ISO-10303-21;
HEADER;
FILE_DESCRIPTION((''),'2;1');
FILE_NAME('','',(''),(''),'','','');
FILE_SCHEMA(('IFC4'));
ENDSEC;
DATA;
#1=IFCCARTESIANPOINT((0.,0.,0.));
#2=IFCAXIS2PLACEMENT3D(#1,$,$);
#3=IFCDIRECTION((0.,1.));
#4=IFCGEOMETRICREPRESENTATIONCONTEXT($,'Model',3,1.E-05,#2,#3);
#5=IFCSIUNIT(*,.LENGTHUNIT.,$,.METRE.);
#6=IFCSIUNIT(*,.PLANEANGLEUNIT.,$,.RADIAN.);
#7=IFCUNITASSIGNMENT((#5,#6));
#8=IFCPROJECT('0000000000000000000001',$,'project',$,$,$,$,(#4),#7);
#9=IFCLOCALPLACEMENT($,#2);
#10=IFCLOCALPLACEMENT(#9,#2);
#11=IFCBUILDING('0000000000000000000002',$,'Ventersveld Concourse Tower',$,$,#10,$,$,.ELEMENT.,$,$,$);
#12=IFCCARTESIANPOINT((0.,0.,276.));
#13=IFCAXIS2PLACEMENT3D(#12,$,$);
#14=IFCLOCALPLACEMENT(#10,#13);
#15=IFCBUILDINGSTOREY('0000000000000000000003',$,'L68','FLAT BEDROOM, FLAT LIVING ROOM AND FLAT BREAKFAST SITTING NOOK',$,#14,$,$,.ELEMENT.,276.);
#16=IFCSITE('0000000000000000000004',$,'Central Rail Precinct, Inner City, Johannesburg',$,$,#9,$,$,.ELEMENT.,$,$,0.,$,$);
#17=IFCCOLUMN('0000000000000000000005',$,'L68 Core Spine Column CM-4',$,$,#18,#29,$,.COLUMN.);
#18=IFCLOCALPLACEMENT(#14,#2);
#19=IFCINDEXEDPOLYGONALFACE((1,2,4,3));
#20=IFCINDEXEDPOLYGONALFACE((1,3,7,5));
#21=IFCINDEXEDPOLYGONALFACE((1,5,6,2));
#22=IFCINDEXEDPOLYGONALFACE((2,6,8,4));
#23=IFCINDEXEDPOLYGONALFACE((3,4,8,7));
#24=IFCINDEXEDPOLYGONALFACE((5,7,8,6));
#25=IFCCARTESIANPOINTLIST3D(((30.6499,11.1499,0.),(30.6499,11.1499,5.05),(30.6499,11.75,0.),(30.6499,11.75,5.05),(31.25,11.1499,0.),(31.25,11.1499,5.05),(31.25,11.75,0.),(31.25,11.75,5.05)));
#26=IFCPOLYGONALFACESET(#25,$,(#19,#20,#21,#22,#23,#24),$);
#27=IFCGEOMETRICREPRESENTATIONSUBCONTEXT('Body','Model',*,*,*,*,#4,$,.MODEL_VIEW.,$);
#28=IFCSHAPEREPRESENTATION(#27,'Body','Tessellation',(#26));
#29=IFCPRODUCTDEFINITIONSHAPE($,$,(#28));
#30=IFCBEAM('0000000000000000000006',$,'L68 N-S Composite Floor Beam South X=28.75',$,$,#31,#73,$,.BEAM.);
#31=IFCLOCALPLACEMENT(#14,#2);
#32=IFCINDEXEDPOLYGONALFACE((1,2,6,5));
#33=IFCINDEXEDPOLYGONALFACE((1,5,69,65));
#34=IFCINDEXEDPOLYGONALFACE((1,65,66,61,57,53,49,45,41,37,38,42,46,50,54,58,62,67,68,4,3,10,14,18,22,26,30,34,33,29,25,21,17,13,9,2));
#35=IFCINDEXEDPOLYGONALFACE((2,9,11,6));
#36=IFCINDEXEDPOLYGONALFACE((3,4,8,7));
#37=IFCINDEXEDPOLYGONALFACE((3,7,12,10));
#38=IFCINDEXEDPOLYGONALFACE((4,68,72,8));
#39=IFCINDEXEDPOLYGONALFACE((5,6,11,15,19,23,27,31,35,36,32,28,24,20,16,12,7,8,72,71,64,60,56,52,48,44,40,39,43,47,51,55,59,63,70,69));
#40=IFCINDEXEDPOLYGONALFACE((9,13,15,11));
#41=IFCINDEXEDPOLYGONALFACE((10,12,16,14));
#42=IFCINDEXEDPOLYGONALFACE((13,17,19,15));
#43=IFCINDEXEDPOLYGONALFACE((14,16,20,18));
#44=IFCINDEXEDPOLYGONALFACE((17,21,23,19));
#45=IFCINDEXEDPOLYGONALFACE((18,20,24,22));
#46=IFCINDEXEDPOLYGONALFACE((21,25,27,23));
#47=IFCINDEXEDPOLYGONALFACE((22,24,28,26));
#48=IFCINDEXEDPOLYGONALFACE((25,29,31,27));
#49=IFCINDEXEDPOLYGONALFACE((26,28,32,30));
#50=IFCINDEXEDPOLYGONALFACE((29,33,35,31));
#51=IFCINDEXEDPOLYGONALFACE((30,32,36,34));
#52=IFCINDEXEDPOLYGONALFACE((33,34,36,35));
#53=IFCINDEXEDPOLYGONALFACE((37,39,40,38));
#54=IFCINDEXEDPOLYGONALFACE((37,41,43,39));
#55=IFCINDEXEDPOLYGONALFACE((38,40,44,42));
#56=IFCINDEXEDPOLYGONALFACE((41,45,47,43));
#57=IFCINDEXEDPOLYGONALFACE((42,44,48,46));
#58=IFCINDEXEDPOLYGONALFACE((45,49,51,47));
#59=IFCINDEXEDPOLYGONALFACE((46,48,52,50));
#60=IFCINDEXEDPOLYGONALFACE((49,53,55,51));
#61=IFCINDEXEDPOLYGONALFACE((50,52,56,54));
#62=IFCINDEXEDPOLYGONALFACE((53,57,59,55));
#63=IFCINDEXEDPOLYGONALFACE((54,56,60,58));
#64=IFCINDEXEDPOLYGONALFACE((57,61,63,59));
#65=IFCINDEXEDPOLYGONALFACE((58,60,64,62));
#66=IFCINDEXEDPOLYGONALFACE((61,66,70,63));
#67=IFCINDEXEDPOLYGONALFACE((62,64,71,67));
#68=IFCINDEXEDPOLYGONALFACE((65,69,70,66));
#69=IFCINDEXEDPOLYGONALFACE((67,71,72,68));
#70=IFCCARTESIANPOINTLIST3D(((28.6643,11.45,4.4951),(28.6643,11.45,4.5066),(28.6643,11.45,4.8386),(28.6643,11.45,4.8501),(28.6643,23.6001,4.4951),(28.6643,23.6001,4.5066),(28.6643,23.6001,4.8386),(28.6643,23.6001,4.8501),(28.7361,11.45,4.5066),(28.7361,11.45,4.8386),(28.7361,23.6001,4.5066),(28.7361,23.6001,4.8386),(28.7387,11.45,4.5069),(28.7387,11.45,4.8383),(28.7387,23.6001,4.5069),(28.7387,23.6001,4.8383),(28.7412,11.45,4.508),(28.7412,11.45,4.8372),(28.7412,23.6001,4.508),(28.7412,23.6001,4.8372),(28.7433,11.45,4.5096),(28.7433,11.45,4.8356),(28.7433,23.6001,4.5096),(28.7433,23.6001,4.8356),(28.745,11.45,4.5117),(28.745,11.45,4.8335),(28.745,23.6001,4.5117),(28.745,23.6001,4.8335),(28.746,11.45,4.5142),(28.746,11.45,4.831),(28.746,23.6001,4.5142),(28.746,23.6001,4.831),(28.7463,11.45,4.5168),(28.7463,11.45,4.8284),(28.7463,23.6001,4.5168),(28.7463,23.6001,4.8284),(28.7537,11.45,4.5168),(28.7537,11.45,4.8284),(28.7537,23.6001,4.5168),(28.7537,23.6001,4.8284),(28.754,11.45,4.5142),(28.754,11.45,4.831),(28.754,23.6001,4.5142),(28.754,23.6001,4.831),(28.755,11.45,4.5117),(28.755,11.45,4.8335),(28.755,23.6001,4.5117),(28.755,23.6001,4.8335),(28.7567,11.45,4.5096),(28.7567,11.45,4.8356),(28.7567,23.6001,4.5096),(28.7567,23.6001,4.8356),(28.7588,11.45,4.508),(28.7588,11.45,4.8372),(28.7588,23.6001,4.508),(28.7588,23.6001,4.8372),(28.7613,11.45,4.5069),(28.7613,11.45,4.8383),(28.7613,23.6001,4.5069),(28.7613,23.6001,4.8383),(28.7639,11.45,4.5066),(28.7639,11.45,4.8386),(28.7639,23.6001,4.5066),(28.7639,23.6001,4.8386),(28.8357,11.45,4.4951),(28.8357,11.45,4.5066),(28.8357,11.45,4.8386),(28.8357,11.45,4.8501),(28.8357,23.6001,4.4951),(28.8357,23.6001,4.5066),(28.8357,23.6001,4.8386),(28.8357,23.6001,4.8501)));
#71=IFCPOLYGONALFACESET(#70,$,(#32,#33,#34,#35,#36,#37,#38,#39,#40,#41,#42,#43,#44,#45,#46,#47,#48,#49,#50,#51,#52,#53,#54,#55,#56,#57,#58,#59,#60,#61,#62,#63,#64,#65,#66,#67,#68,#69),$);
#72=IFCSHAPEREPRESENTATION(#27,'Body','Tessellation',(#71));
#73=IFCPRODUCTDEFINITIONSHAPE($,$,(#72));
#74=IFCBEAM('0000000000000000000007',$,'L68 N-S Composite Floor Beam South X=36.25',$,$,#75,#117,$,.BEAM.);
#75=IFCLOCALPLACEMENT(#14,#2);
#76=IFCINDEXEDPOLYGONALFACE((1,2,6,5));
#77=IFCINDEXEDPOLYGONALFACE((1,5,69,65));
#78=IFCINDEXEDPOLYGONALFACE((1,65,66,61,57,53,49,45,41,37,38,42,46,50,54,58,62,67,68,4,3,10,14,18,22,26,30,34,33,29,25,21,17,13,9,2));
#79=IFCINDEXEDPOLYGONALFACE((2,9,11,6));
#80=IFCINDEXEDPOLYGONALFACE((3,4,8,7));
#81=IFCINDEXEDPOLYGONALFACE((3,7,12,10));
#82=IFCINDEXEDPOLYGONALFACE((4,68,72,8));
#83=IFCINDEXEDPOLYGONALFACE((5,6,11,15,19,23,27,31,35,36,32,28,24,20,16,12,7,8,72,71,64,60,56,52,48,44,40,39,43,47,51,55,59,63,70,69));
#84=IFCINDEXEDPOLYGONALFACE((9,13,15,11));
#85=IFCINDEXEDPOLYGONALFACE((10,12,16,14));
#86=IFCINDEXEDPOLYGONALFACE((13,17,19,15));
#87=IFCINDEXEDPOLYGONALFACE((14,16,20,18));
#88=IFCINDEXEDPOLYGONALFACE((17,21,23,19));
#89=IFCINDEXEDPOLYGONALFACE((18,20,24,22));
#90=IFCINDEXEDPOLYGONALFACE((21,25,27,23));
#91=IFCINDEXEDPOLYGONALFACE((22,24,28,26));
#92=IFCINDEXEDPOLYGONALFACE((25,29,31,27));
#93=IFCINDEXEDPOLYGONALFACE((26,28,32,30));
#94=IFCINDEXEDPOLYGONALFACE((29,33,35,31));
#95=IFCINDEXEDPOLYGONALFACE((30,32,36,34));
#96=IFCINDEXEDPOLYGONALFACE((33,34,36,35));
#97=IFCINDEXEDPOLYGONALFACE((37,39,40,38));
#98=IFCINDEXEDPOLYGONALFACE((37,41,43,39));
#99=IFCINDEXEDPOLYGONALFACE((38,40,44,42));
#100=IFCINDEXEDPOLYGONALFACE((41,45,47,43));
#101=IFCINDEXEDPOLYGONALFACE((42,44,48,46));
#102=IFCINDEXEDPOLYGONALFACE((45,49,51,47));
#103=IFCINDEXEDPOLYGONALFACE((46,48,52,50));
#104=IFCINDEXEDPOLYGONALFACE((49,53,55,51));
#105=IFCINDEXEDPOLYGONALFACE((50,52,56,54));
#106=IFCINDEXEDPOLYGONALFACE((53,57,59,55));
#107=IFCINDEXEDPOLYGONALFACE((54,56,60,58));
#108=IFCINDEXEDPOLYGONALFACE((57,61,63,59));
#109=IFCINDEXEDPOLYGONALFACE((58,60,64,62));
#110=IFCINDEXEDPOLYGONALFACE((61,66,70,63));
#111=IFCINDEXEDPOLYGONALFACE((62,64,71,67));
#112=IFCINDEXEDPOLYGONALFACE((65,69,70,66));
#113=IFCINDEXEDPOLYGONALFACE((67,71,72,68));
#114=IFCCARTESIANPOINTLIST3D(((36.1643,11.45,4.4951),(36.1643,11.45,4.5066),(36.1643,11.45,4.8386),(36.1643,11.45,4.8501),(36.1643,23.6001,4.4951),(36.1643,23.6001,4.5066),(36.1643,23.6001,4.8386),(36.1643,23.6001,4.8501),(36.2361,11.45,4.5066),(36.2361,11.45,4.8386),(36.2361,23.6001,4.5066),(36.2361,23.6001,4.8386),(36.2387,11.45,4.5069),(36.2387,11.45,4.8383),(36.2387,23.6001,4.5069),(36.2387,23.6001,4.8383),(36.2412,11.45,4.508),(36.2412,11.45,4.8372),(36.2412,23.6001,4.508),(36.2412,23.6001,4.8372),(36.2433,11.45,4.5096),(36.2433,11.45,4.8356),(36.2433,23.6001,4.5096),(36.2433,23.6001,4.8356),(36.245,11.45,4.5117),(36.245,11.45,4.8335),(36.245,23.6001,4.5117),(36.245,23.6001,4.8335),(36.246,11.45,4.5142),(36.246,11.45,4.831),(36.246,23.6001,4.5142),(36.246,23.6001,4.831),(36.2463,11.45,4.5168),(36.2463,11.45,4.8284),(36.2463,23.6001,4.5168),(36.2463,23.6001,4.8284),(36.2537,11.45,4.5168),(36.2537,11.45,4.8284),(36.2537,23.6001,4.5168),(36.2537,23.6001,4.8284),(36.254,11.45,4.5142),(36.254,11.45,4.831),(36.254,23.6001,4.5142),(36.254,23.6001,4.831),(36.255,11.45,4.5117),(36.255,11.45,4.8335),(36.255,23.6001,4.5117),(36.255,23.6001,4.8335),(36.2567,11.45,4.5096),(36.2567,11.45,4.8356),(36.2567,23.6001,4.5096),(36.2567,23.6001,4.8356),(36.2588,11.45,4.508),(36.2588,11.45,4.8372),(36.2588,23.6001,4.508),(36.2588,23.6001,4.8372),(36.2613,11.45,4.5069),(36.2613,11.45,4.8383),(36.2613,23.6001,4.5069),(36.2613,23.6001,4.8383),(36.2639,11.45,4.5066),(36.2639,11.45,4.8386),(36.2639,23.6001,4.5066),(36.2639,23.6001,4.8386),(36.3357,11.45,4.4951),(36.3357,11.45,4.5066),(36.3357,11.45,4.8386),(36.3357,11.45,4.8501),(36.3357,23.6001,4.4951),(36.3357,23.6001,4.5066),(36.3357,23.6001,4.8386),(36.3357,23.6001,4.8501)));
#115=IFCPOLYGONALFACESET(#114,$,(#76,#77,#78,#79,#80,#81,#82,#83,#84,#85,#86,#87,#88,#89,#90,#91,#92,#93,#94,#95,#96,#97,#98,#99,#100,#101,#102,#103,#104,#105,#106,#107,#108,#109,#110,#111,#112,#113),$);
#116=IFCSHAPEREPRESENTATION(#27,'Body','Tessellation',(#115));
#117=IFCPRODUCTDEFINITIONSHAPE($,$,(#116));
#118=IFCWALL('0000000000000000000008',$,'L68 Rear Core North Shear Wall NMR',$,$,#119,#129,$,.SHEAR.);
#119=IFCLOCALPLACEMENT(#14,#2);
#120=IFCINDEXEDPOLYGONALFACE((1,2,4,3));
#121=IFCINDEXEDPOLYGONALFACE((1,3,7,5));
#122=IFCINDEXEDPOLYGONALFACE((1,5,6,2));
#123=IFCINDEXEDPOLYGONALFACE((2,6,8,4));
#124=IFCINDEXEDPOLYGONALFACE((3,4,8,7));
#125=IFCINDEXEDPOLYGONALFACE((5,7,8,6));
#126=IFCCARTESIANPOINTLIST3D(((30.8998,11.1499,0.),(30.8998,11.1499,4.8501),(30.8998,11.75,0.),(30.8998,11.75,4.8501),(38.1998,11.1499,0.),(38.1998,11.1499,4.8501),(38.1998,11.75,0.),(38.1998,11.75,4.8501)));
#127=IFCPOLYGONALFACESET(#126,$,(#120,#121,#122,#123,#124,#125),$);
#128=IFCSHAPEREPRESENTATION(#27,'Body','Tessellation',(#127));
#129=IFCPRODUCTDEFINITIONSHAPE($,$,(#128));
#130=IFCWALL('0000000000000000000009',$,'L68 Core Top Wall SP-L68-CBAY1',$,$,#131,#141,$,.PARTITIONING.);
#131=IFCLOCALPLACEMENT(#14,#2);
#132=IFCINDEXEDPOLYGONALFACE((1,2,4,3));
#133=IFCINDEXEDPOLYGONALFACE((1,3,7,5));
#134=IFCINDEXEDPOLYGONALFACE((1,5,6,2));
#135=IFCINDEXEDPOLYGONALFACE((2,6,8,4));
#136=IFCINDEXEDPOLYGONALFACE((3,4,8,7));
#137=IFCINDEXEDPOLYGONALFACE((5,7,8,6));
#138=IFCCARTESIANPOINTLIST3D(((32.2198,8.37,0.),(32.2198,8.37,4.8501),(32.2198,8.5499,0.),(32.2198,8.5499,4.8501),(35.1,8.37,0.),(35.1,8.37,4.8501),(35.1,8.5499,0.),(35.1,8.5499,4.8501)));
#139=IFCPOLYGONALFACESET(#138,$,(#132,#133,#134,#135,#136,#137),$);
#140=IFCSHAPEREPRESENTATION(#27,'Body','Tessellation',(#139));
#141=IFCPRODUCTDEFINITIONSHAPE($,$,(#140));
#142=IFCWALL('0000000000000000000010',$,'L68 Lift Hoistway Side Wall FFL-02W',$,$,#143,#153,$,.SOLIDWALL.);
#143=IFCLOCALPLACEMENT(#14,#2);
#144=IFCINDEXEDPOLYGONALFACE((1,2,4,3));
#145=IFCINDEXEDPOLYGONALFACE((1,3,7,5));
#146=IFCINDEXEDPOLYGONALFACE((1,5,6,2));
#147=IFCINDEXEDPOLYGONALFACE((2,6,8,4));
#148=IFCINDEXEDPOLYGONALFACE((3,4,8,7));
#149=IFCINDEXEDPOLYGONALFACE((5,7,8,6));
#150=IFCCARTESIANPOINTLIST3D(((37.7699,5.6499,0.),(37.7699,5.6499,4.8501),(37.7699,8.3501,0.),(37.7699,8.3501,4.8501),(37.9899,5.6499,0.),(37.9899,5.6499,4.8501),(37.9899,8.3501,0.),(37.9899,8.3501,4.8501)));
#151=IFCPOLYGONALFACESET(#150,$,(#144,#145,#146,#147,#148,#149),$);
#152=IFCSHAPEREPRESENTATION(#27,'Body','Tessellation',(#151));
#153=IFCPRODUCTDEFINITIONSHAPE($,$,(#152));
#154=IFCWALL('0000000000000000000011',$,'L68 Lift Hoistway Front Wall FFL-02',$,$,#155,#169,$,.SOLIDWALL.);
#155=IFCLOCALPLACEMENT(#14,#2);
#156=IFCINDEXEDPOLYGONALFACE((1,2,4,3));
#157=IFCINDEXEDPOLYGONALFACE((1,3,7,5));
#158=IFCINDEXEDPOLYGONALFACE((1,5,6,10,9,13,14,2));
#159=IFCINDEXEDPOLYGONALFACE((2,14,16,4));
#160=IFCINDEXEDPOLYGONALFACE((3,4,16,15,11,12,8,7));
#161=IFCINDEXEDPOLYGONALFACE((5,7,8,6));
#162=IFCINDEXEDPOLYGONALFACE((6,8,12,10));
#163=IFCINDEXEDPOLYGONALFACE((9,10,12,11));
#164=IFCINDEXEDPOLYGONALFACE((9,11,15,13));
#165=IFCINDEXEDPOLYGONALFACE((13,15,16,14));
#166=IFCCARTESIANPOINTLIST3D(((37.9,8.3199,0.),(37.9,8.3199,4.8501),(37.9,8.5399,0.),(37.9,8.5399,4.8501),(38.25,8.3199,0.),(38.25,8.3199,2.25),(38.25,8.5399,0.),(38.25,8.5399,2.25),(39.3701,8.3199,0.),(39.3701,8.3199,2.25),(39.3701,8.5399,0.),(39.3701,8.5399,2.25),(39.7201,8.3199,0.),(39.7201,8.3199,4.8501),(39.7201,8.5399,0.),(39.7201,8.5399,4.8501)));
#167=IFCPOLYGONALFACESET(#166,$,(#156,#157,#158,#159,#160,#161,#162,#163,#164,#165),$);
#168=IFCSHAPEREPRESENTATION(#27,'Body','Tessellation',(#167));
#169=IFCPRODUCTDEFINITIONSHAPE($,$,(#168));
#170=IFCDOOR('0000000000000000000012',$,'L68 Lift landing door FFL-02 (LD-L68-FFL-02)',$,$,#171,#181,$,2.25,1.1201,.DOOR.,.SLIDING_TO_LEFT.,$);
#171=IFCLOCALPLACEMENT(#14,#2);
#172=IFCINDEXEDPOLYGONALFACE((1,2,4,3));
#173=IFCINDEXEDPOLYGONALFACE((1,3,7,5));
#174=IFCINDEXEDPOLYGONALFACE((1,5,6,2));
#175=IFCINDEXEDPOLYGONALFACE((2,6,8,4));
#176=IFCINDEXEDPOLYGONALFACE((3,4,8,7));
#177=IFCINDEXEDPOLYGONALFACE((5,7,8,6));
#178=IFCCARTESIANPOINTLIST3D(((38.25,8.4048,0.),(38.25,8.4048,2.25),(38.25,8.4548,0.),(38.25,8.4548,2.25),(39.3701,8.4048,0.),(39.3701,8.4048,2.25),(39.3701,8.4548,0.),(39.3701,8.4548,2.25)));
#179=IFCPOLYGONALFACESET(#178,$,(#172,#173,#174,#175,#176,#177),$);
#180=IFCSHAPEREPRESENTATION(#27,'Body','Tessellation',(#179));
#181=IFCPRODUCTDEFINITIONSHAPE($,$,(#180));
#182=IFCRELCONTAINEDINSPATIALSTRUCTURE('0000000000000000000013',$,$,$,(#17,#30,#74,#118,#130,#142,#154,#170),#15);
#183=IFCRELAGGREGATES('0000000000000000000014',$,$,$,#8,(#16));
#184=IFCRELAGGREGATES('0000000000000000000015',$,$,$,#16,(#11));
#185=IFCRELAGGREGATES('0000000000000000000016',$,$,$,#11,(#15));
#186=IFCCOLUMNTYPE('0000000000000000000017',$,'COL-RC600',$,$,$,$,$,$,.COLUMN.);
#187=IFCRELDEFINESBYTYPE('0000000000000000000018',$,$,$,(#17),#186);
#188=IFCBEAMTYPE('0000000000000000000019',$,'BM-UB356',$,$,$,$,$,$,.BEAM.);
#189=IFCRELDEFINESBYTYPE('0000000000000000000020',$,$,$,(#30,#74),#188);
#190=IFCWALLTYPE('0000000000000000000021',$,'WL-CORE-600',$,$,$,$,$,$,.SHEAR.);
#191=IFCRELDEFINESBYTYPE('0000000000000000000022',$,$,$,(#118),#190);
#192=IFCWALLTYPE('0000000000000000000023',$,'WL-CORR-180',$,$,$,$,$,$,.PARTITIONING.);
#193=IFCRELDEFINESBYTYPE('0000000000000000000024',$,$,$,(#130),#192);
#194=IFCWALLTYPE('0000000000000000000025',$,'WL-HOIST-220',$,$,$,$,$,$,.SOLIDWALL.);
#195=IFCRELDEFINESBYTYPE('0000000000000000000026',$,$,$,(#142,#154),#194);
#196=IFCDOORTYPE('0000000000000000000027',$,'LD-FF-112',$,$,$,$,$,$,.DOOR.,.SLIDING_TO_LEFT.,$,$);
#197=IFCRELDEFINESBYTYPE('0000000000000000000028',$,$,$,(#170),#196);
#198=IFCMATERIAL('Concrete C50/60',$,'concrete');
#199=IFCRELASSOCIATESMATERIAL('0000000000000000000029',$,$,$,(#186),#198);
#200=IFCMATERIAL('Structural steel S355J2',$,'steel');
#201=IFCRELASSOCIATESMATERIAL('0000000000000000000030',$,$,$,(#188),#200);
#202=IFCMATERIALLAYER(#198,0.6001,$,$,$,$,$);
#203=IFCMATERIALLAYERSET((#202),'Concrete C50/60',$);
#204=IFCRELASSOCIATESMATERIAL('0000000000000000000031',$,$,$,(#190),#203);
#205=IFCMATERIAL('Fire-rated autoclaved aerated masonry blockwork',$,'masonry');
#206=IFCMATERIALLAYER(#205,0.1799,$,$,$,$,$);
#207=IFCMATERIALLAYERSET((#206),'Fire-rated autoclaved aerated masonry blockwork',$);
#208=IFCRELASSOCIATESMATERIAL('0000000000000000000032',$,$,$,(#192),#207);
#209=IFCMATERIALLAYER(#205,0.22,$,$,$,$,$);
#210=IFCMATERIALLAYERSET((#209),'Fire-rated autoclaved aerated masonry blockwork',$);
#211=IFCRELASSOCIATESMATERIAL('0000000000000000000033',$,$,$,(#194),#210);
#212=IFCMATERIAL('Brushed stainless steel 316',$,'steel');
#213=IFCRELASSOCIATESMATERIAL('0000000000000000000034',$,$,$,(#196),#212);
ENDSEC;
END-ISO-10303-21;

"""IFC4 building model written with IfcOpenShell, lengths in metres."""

from ifc_helpers import new_model, si_unit, direction, frame, frame_2d, origin, origin_2d, place, context, subcontext, project, spatial, rectangle, i_section, extrude, material, layer, layer_set, material_profile, profile_set, type_object, element, fill, save


model = new_model("IFC4")

# Units and contexts
model_context = context("Model", 3, precision=1e-05, world=origin(), true_north=direction((0.0, 1.0)))
body_context = subcontext(model_context, "Body", "Model", "MODEL_VIEW")
ifc_project = project(units=[si_unit("LENGTHUNIT", "METRE"), si_unit("PLANEANGLEUNIT", "RADIAN")], contexts=[model_context])

# Site, building, storey
site_placement = place(None, origin())
site = spatial("IfcSite", under=ifc_project, at=site_placement, Name="Central Rail Precinct, Inner City, Johannesburg", CompositionType="ELEMENT", RefElevation=0.0)
building_placement = place(site_placement, origin())
building = spatial("IfcBuilding", under=site, at=building_placement, Name="Ventersveld Concourse Tower", CompositionType="ELEMENT")
storey_placement = place(building_placement, frame((0.0, 0.0, 276.0)))
storey = spatial("IfcBuildingStorey", under=building, at=storey_placement, Name="L68", Description="FLAT BEDROOM, FLAT LIVING ROOM AND FLAT BREAKFAST SITTING NOOK", CompositionType="ELEMENT", Elevation=276.0)

# Column
ifc_material_1 = material(Name="Concrete C50/60", Category="concrete")
ifc_material_profile_1 = material_profile(ifc_material_1, rectangle(XDim=0.6001, YDim=0.6001, at=origin_2d()), Name="RC 600x600")
ifc_profile_set_1 = profile_set([ifc_material_profile_1], Name="Concrete C50/60")
column_type = type_object("IfcColumnType", Name="COL-RC600", PredefinedType="COLUMN", material=ifc_profile_set_1)
column_placement = place(storey_placement, frame((30.95, 11.45, 0.0), z_axis=(0.0, 0.0, 1.0), x_axis=(1.0, 0.0, 0.0)))
element("IfcColumn", 1, at=column_placement, inside=storey, type_object=column_type, Name="L68 Core Spine Column CM-4", PredefinedType="COLUMN", context=body_context, shape_type="SweptSolid", body=[
    extrude(rectangle(XDim=0.6001, YDim=0.6001, at=origin_2d()), origin(), (0.0, 0.0, 1.0), 5.05),
])

# Beams
ifc_material_2 = material(Name="Structural steel S355J2", Category="steel")
ifc_material_profile_2 = material_profile(ifc_material_2, i_section(OverallWidth=0.1714, OverallDepth=0.355, WebThickness=0.0073, FlangeThickness=0.0115, FilletRadius=0.0103, at=origin_2d()), Name="UB 356x171x51")
ifc_profile_set_2 = profile_set([ifc_material_profile_2], Name="Structural steel S355J2")
beam_type = type_object("IfcBeamType", Name="BM-UB356", PredefinedType="BEAM", material=ifc_profile_set_2)
for number, where, z_axis, x_axis, name in (
    (2, (28.75, 11.45, 4.6726), (0.0, 1.0, 0.0), (-1.0, 0.0, 0.0), "L68 N-S Composite Floor Beam South X=28.75"),
    (3, (36.25, 11.45, 4.6726), (0.0, 1.0, 0.0), (-1.0, 0.0, 0.0), "L68 N-S Composite Floor Beam South X=36.25"),
):
    element("IfcBeam", number, at=place(storey_placement, frame(where, z_axis=z_axis, x_axis=x_axis)), inside=storey, type_object=beam_type, Name=name, PredefinedType="BEAM", context=body_context, shape_type="SweptSolid", body=[
        extrude(i_section(OverallWidth=0.1714, OverallDepth=0.355, WebThickness=0.0073, FlangeThickness=0.0115, FilletRadius=0.0103, at=origin_2d()), origin(), (0.0, 0.0, 1.0), 12.1501),
    ])

# Walls
ifc_layer_1 = layer(ifc_material_1, 0.6001)
ifc_layer_set_1 = layer_set([ifc_layer_1], Name="Concrete C50/60")
wall_type_1 = type_object("IfcWallType", Name="WL-CORE-600", PredefinedType="SHEAR", material=ifc_layer_set_1)
wall_1_placement = place(storey_placement, frame((30.8999, 11.45, 0.0), z_axis=(0.0, 0.0, 1.0), x_axis=(1.0, 0.0, 0.0)))
element("IfcWall", 4, at=wall_1_placement, inside=storey, type_object=wall_type_1, Name="L68 Rear Core North Shear Wall NMR", PredefinedType="SHEAR", context=body_context, shape_type="SweptSolid", body=[
    extrude(rectangle(XDim=7.3, YDim=0.6001, at=frame_2d((3.6499, 0.0))), origin(), (0.0, 0.0, 1.0), 4.8501),
])
ifc_material_3 = material(Name="Fire-rated autoclaved aerated masonry blockwork", Category="masonry")
ifc_layer_2 = layer(ifc_material_3, 0.1799)
ifc_layer_set_2 = layer_set([ifc_layer_2], Name="Fire-rated autoclaved aerated masonry blockwork")
wall_type_2 = type_object("IfcWallType", Name="WL-CORR-180", PredefinedType="PARTITIONING", material=ifc_layer_set_2)
wall_2_placement = place(storey_placement, frame((32.22, 8.46, 0.0), z_axis=(0.0, 0.0, 1.0), x_axis=(1.0, 0.0, 0.0)))
element("IfcWall", 5, at=wall_2_placement, inside=storey, type_object=wall_type_2, Name="L68 Core Top Wall SP-L68-CBAY1", PredefinedType="PARTITIONING", context=body_context, shape_type="SweptSolid", body=[
    extrude(rectangle(XDim=2.8801, YDim=0.1799, at=frame_2d((1.4399, 0.0))), origin(), (0.0, 0.0, 1.0), 4.8501),
])
ifc_layer_3 = layer(ifc_material_3, 0.22)
ifc_layer_set_3 = layer_set([ifc_layer_3], Name="Fire-rated autoclaved aerated masonry blockwork")
wall_type_3 = type_object("IfcWallType", Name="WL-HOIST-220", PredefinedType="SOLIDWALL", material=ifc_layer_set_3)
wall_3_placement = place(storey_placement, frame((37.8799, 5.6499, 0.0), z_axis=(0.0, 0.0, 1.0), x_axis=(0.0, 1.0, 0.0)))
element("IfcWall", 6, at=wall_3_placement, inside=storey, type_object=wall_type_3, Name="L68 Lift Hoistway Side Wall FFL-02W", PredefinedType="SOLIDWALL", context=body_context, shape_type="SweptSolid", body=[
    extrude(rectangle(XDim=2.7002, YDim=0.22, at=frame_2d((1.3501, 0.0))), origin(), (0.0, 0.0, 1.0), 4.8501),
])

# Wall, opening, door
wall_4_placement = place(storey_placement, frame((37.8999, 8.4299, 0.0), z_axis=(0.0, 0.0, 1.0), x_axis=(1.0, 0.0, 0.0)))
wall_4 = element("IfcWall", 7, at=wall_4_placement, inside=storey, type_object=wall_type_3, Name="L68 Lift Hoistway Front Wall FFL-02", PredefinedType="SOLIDWALL", context=body_context, shape_type="SweptSolid", body=[
    extrude(rectangle(XDim=1.8201, YDim=0.22, at=frame_2d((0.9102, 0.0))), origin(), (0.0, 0.0, 1.0), 4.8501),
])
opening_1_placement = place(wall_4_placement, frame((0.3501, 0.0, 0.0)))
opening_1 = element("IfcOpeningElement", 8, at=opening_1_placement, cuts=wall_4, PredefinedType="OPENING", context=body_context, shape_type="SweptSolid", body=[
    extrude(rectangle(XDim=1.1201, YDim=2.25, at=frame_2d((0.5601, 1.125))), frame((0.0, 0.1201, 0.0), z_axis=(0.0, -1.0, 0.0), x_axis=(1.0, 0.0, 0.0)), (0.0, 0.0, 1.0), 0.24),
])
ifc_material_4 = material(Name="Brushed stainless steel 316", Category="steel")
door_type_1 = type_object("IfcDoorType", Name="LD-FF-112", OperationType="SLIDING_TO_LEFT", PredefinedType="DOOR", material=ifc_material_4)
door_1_placement = place(opening_1_placement, origin())
door_1 = element("IfcDoor", 9, at=door_1_placement, inside=storey, type_object=door_type_1, Name="L68 Lift landing door FFL-02 (LD-L68-FFL-02)", OperationType="SLIDING_TO_LEFT", OverallHeight=2.25, OverallWidth=1.1201, PredefinedType="DOOR", context=body_context, shape_type="SweptSolid", body=[
    extrude(rectangle(XDim=1.1201, YDim=2.25, at=frame_2d((0.5601, 1.125))), frame((0.0, 0.0249, 0.0), z_axis=(0.0, -1.0, 0.0), x_axis=(1.0, 0.0, 0.0)), (0.0, 0.0, 1.0), 0.05),
])
fill(opening_1, door_1)

save(model, "model.ifc")
